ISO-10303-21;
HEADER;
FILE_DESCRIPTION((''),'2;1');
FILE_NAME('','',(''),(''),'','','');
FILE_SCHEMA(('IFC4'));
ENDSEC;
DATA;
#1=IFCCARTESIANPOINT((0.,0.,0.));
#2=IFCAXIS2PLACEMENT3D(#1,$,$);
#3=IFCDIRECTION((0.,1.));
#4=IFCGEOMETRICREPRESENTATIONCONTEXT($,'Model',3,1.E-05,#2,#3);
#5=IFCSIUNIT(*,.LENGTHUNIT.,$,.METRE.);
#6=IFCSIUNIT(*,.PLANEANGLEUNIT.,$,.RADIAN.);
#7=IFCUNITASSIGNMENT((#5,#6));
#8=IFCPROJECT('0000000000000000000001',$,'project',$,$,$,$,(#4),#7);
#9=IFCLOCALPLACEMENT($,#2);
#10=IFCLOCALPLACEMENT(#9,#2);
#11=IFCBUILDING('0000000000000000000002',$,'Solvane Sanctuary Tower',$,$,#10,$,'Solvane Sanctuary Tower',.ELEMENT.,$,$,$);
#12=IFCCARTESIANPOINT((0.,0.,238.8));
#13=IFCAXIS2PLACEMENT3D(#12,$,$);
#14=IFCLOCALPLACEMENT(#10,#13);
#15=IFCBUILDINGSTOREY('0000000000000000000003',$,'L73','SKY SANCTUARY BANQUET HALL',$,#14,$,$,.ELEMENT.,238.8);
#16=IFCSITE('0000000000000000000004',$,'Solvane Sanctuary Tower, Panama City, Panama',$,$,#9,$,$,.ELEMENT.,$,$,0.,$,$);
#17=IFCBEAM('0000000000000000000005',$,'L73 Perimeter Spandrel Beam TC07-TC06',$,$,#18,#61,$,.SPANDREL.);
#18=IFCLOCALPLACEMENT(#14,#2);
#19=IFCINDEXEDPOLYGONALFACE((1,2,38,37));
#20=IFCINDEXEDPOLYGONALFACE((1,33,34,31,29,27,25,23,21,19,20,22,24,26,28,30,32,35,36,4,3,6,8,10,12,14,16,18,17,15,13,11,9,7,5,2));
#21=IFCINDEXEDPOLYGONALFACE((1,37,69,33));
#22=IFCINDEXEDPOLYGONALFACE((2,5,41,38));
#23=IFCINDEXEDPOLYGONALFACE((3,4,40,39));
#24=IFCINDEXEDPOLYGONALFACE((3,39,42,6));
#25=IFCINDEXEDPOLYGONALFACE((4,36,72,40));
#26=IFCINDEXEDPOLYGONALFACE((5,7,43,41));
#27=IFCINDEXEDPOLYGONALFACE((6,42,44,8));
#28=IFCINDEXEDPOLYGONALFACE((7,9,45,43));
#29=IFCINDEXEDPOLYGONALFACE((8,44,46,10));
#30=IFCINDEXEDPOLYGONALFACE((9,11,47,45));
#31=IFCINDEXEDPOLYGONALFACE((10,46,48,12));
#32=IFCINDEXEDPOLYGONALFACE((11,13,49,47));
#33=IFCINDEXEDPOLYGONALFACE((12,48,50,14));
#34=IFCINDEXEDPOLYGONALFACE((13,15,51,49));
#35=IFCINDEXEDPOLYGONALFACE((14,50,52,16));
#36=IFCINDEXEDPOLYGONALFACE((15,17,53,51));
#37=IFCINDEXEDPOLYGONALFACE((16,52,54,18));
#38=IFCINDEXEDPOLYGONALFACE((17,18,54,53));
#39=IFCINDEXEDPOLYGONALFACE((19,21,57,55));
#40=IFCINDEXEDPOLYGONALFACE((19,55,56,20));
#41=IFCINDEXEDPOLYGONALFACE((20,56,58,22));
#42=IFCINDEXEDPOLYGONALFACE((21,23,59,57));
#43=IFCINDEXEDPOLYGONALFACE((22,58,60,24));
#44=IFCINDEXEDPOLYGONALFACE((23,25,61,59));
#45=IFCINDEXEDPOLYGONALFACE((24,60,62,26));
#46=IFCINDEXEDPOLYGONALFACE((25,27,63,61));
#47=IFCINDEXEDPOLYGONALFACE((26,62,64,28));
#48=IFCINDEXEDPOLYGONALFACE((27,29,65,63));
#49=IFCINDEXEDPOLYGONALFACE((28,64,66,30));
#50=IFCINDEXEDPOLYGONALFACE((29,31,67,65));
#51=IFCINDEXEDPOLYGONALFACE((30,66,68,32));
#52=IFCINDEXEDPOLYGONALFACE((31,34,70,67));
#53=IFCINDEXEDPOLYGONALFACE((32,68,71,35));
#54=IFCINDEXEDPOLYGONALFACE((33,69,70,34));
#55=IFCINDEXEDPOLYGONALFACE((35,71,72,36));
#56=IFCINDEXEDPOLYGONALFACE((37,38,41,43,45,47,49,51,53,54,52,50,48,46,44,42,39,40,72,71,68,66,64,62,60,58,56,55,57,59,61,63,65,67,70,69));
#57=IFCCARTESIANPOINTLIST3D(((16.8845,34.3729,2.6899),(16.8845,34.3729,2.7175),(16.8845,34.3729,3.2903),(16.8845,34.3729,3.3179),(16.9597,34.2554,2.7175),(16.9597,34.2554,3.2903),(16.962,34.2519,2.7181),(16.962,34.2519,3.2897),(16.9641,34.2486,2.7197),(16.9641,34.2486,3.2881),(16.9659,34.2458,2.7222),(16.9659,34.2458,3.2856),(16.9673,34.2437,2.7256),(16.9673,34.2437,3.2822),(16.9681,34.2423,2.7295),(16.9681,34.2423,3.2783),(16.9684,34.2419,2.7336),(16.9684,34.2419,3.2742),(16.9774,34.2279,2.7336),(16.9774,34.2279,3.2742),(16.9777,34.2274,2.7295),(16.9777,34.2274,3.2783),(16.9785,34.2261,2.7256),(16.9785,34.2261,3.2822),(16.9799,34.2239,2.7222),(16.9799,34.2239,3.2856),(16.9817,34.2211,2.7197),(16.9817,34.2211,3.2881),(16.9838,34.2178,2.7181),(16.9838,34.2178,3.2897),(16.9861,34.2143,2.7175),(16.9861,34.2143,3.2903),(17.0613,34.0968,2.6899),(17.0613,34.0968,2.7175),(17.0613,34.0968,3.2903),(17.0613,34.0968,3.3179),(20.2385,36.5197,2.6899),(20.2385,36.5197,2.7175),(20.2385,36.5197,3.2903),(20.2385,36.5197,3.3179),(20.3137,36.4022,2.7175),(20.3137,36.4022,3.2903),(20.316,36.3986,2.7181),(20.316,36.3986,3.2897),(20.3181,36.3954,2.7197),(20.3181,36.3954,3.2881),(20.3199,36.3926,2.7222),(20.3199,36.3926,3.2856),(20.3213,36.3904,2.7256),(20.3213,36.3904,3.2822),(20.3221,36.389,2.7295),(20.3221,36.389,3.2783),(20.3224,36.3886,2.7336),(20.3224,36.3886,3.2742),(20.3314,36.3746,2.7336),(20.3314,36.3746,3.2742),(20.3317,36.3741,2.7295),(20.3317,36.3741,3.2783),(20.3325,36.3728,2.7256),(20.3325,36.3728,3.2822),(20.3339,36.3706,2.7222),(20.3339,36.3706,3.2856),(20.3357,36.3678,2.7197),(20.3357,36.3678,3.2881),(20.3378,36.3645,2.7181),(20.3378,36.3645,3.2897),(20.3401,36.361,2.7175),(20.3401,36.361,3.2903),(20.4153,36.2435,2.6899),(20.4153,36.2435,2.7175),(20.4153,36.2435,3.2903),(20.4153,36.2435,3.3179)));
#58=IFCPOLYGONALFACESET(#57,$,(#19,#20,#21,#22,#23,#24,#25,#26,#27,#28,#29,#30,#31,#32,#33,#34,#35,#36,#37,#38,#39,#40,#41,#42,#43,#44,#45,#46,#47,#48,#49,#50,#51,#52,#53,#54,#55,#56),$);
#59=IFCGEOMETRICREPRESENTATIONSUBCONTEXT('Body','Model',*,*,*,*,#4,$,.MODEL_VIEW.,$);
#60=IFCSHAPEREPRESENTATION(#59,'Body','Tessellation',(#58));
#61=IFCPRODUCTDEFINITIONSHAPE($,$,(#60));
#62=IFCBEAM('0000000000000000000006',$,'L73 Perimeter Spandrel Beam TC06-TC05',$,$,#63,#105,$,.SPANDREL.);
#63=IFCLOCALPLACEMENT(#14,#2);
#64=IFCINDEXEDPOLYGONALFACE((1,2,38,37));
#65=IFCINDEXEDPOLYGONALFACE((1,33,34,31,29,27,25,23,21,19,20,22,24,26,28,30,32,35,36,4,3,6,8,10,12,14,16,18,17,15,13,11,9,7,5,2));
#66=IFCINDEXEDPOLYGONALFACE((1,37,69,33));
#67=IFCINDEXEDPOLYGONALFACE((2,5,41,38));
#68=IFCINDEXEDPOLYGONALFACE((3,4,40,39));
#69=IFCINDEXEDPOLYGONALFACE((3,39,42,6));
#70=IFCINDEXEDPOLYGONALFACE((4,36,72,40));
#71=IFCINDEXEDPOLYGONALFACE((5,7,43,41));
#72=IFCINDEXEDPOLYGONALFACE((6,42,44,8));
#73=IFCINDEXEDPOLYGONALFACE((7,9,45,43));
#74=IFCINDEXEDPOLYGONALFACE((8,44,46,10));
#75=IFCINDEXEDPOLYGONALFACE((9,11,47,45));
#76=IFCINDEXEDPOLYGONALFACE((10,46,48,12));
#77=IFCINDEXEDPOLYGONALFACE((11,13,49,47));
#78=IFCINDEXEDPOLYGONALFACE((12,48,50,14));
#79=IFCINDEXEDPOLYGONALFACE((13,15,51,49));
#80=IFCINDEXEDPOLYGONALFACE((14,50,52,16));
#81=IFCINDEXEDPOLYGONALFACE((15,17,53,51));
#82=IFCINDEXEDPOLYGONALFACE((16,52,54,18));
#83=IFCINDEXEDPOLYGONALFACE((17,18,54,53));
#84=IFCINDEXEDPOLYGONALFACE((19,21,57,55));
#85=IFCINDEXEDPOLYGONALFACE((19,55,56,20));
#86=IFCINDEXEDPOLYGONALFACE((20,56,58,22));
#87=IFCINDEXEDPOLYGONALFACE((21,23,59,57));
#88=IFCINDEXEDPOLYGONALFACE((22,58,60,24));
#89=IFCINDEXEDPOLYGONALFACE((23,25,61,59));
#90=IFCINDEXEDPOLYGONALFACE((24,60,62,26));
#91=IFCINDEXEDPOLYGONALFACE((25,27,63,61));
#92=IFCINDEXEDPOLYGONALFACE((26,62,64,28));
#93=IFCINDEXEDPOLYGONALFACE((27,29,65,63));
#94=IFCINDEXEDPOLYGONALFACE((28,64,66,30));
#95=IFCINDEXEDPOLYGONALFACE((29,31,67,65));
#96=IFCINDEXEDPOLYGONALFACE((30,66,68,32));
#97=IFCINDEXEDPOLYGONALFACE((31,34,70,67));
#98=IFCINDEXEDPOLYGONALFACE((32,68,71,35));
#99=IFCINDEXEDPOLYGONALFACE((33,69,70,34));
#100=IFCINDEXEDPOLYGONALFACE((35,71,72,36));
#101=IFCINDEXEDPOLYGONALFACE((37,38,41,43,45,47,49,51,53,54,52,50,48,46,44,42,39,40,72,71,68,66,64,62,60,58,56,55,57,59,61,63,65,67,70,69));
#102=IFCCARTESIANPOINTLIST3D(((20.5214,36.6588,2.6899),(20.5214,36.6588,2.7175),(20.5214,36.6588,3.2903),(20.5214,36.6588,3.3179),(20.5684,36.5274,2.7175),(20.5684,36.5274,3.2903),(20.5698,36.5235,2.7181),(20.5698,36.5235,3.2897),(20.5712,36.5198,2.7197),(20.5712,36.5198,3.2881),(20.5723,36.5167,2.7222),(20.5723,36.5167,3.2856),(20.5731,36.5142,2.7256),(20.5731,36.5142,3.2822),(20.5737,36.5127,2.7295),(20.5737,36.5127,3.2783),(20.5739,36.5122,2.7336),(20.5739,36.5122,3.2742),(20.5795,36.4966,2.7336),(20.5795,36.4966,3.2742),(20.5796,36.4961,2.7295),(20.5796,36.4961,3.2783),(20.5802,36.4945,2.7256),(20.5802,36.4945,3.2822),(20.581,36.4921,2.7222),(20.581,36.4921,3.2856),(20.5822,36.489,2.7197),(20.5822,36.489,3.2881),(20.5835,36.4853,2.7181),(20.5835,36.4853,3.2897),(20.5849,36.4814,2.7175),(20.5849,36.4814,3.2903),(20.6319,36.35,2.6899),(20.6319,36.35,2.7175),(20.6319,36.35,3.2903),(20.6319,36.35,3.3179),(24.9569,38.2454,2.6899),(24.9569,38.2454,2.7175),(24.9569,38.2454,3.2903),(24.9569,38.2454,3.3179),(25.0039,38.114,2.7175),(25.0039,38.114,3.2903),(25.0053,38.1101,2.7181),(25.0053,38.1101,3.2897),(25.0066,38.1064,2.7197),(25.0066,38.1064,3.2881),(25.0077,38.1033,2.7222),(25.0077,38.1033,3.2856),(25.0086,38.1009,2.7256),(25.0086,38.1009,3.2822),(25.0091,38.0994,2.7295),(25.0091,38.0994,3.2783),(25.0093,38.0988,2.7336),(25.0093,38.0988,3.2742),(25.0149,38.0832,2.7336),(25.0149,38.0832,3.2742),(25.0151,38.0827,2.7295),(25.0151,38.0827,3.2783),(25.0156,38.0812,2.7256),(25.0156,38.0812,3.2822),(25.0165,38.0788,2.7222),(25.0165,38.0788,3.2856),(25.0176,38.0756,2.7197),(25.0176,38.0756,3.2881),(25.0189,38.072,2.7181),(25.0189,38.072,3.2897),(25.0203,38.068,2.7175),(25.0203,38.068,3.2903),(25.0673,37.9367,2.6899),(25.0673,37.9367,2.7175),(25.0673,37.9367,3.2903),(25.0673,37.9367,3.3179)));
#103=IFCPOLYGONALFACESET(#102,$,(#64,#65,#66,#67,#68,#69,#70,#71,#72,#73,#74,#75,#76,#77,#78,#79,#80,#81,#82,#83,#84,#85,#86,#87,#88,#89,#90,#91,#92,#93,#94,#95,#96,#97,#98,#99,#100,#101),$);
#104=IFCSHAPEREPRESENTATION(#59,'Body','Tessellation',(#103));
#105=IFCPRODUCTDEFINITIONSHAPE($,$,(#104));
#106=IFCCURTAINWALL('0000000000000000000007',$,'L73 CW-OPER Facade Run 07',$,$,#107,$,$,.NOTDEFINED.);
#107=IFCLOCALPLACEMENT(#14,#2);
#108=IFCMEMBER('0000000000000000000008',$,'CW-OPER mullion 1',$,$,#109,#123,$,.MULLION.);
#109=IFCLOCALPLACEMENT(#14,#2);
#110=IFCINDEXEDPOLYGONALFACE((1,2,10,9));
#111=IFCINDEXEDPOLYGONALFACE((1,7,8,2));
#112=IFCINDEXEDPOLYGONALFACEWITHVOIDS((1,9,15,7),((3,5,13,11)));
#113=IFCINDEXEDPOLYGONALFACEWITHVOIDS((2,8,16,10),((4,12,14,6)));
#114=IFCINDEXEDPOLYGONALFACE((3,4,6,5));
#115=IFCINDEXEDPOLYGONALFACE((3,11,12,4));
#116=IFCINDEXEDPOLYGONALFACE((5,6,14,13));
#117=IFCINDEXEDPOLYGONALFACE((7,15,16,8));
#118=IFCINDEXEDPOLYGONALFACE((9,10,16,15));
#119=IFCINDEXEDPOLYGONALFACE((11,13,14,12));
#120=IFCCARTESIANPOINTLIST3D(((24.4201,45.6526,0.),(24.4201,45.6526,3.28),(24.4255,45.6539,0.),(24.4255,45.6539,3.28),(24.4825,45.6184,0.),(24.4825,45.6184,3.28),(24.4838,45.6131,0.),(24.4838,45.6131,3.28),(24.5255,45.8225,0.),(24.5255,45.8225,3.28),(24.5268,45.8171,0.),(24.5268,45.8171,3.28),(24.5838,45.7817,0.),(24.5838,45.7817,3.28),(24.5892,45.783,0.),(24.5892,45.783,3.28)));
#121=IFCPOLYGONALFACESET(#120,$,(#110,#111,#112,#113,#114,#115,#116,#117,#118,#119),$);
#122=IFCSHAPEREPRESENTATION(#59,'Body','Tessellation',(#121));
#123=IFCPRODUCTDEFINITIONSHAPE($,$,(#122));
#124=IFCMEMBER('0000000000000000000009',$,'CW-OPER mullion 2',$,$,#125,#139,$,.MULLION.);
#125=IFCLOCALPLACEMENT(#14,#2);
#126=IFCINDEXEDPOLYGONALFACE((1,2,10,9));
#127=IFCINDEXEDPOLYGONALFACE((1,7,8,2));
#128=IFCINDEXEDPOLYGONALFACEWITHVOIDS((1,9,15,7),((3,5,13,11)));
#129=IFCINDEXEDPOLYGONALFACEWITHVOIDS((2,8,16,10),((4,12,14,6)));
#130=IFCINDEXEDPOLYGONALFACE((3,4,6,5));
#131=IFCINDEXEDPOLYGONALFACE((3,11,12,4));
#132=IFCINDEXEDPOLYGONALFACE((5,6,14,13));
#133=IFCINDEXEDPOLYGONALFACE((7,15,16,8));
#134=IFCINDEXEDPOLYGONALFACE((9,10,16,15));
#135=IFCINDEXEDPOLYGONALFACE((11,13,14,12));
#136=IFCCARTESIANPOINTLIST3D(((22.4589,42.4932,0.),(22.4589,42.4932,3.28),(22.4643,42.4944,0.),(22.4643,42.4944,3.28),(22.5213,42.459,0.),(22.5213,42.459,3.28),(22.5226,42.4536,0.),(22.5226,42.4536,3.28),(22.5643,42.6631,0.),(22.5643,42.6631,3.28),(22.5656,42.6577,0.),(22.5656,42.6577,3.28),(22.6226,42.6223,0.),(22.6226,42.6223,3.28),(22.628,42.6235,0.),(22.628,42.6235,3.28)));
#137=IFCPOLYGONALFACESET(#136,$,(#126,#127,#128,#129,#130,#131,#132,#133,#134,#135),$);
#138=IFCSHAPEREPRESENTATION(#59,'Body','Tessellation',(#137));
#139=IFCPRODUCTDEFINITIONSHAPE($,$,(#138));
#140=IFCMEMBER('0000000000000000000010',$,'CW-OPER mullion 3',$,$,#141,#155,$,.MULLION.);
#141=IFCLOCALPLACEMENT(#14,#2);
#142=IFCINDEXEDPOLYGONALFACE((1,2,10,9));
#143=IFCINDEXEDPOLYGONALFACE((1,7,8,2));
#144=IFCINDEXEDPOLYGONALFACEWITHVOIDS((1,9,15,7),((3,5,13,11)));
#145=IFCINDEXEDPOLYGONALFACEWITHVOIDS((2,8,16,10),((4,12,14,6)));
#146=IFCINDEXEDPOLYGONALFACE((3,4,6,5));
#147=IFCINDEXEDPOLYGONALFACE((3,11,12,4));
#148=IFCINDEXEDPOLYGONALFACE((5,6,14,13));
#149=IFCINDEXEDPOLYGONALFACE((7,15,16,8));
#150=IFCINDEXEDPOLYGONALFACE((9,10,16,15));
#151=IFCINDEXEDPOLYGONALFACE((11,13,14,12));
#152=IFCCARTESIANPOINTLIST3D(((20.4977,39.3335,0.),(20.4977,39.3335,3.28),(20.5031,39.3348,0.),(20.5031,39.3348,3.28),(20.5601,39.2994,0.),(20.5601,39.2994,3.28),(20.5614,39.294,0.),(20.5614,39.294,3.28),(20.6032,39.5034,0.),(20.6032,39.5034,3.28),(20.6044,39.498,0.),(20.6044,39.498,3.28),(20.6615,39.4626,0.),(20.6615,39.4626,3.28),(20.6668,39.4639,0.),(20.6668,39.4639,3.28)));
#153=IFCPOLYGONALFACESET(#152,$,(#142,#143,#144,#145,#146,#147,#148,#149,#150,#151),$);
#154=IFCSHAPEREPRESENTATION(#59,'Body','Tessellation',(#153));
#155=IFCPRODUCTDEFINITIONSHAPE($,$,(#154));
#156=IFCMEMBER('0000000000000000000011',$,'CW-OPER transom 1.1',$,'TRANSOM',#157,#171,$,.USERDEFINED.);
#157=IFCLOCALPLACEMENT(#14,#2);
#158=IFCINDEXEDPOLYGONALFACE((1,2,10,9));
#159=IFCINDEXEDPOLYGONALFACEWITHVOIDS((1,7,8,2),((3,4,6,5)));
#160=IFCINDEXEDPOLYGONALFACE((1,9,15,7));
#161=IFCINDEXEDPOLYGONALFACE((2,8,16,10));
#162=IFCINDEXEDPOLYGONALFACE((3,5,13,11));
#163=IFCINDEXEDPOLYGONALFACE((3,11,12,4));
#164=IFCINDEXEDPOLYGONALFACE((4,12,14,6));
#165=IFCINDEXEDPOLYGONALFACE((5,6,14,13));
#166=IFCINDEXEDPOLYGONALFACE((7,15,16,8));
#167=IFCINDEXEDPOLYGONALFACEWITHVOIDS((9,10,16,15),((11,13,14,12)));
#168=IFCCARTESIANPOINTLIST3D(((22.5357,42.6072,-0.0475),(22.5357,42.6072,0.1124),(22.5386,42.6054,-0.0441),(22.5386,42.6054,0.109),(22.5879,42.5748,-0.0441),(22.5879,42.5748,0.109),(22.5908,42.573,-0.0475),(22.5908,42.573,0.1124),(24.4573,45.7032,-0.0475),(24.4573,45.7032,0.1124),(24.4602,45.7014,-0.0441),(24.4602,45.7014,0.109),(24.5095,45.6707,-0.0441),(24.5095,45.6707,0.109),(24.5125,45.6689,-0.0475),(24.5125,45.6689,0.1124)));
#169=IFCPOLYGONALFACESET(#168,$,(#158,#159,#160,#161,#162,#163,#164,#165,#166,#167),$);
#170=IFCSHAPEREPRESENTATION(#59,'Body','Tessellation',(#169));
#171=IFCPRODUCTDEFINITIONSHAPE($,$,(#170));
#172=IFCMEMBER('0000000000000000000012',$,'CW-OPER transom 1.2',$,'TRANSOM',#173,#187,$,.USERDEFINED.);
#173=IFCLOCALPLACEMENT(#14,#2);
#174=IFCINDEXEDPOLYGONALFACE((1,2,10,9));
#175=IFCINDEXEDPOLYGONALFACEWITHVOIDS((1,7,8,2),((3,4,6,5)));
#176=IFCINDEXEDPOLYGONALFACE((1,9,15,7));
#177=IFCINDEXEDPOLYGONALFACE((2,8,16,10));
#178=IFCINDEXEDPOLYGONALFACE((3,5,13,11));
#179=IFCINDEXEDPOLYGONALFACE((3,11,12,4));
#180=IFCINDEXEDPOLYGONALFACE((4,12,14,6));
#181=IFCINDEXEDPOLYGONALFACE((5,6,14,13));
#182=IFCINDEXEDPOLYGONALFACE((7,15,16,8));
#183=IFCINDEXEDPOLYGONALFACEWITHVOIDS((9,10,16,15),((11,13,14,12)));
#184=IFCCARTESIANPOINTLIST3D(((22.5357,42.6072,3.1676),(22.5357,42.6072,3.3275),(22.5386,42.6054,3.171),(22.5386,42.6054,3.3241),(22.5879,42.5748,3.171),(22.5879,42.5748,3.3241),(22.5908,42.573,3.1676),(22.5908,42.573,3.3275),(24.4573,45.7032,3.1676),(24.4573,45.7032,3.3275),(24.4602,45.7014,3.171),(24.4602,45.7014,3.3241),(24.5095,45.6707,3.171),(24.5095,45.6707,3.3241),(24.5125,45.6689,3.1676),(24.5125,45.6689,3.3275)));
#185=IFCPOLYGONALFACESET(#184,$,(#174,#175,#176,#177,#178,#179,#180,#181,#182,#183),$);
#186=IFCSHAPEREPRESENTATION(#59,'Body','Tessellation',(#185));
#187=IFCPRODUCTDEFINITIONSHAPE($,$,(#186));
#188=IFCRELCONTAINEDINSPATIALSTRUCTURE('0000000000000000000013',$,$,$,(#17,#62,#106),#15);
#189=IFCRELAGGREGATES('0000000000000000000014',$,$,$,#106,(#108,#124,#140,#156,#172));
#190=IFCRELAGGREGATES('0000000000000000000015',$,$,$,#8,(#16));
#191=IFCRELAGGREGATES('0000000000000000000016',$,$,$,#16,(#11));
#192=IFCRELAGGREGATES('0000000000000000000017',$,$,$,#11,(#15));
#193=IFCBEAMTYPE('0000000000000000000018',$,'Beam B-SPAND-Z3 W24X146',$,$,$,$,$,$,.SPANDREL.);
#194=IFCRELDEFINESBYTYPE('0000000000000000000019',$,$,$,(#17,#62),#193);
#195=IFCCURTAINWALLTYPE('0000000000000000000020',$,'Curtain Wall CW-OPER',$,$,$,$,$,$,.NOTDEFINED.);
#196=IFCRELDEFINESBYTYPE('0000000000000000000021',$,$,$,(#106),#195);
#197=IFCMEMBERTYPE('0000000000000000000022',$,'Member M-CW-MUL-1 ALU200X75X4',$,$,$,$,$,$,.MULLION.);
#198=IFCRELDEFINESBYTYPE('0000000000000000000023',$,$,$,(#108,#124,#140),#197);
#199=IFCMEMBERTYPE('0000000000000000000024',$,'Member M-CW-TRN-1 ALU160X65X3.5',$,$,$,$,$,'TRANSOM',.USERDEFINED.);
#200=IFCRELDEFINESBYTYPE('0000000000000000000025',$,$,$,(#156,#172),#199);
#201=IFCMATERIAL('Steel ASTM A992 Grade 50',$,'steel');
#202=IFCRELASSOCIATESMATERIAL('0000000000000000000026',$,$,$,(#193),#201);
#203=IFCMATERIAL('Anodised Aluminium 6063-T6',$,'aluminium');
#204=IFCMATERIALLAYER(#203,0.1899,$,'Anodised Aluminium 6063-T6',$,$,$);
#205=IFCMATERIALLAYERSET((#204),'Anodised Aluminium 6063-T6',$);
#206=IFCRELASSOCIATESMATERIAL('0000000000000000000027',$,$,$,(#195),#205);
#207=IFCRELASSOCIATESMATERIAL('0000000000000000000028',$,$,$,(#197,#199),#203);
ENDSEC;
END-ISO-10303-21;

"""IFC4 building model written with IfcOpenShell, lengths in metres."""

from ifc_helpers import new_model, si_unit, direction, frame, origin, origin_2d, place, context, subcontext, project, spatial, hollow_rectangle, i_section, extrude, material, layer, layer_set, material_profile, profile_set, type_object, element, aggregate, save


model = new_model("IFC4")

# Units and contexts
model_context = context("Model", 3, precision=1e-05, world=origin(), true_north=direction((0.0, 1.0)))
body_context = subcontext(model_context, "Body", "Model", "MODEL_VIEW")
ifc_project = project(units=[si_unit("LENGTHUNIT", "METRE"), si_unit("PLANEANGLEUNIT", "RADIAN")], contexts=[model_context])

# Site, building, storey
site_placement = place(None, origin())
site = spatial("IfcSite", under=ifc_project, at=site_placement, Name="Solvane Sanctuary Tower, Panama City, Panama", CompositionType="ELEMENT", RefElevation=0.0)
building_placement = place(site_placement, origin())
building = spatial("IfcBuilding", under=site, at=building_placement, Name="Solvane Sanctuary Tower", LongName="Solvane Sanctuary Tower", CompositionType="ELEMENT")
storey_placement = place(building_placement, frame((0.0, 0.0, 238.8)))
storey = spatial("IfcBuildingStorey", under=building, at=storey_placement, Name="L73", Description="SKY SANCTUARY BANQUET HALL", CompositionType="ELEMENT", Elevation=238.8)

# Beams
ifc_material_1 = material(Name="Steel ASTM A992 Grade 50", Category="steel")
ifc_material_profile_1 = material_profile(ifc_material_1, i_section(OverallWidth=0.3279, OverallDepth=0.6279, WebThickness=0.0166, FlangeThickness=0.0276, FilletRadius=0.0161, at=origin_2d()), Name="W24X146")
ifc_profile_set_1 = profile_set([ifc_material_profile_1], Name="Steel ASTM A992 Grade 50")
beam_type_1 = type_object("IfcBeamType", Name="Beam B-SPAND-Z3 W24X146", PredefinedType="SPANDREL", material=ifc_profile_set_1)
beam_1_placement = place(storey_placement, frame((16.9729, 34.2349, 3.0039), z_axis=(0.842252, 0.539083, 0.0), x_axis=(-0.539083, 0.842252, 0.0)))
element("IfcBeam", 1, at=beam_1_placement, inside=storey, type_object=beam_type_1, Name="L73 Perimeter Spandrel Beam TC07-TC06", PredefinedType="SPANDREL", context=body_context, shape_type="SweptSolid", body=[
    extrude(i_section(OverallWidth=0.3279, OverallDepth=0.6279, WebThickness=0.0166, FlangeThickness=0.0276, FilletRadius=0.0161, at=origin_2d()), origin(), (0.0, 0.0, 1.0), 3.9822),
])
beam_2_placement = place(storey_placement, frame((20.5767, 36.5044, 3.0039), z_axis=(0.941571, 0.336816, 0.0), x_axis=(-0.336816, 0.941571, 0.0)))
element("IfcBeam", 2, at=beam_2_placement, inside=storey, type_object=beam_type_1, Name="L73 Perimeter Spandrel Beam TC06-TC05", PredefinedType="SPANDREL", context=body_context, shape_type="SweptSolid", body=[
    extrude(i_section(OverallWidth=0.3279, OverallDepth=0.6279, WebThickness=0.0166, FlangeThickness=0.0276, FilletRadius=0.0161, at=origin_2d()), origin(), (0.0, 0.0, 1.0), 4.7107),
])

# Curtain wall, members
ifc_material_2 = material(Name="Anodised Aluminium 6063-T6", Category="aluminium")
ifc_layer_1 = layer(ifc_material_2, 0.1899, Name="Anodised Aluminium 6063-T6")
ifc_layer_set_1 = layer_set([ifc_layer_1], Name="Anodised Aluminium 6063-T6")
curtain_wall_type = type_object("IfcCurtainWallType", Name="Curtain Wall CW-OPER", PredefinedType="NOTDEFINED", material=ifc_layer_set_1)
curtain_wall_placement = place(storey_placement, origin())
curtain_wall = element("IfcCurtainWall", 3, at=curtain_wall_placement, inside=storey, type_object=curtain_wall_type, Name="L73 CW-OPER Facade Run 07", PredefinedType="NOTDEFINED")
ifc_material_profile_2 = material_profile(ifc_material_2, hollow_rectangle(XDim=0.075, YDim=0.2, WallThickness=0.0039, at=origin_2d()), Name="ALU200X75X4")
ifc_profile_set_2 = profile_set([ifc_material_profile_2], Name="Anodised Aluminium 6063-T6")
member_type_1 = type_object("IfcMemberType", Name="Member M-CW-MUL-1 ALU200X75X4", PredefinedType="MULLION", material=ifc_profile_set_2)
member_1_placement = place(storey_placement, frame((24.5046, 45.7178, 0.0), z_axis=(0.0, 0.0, 1.0), x_axis=(0.849622, -0.527392, 0.0)))
member_1 = element("IfcMember", 4, at=member_1_placement, type_object=member_type_1, Name="CW-OPER mullion 1", PredefinedType="MULLION", context=body_context, shape_type="SweptSolid", body=[
    extrude(hollow_rectangle(XDim=0.075, YDim=0.2, WallThickness=0.0039, at=origin_2d()), origin(), (0.0, 0.0, 1.0), 3.28),
])
member_2_placement = place(storey_placement, frame((22.5435, 42.5583, 0.0), z_axis=(0.0, 0.0, 1.0), x_axis=(0.849622, -0.527392, 0.0)))
member_2 = element("IfcMember", 5, at=member_2_placement, type_object=member_type_1, Name="CW-OPER mullion 2", PredefinedType="MULLION", context=body_context, shape_type="SweptSolid", body=[
    extrude(hollow_rectangle(XDim=0.075, YDim=0.2, WallThickness=0.0039, at=origin_2d()), origin(), (0.0, 0.0, 1.0), 3.28),
])
member_3_placement = place(storey_placement, frame((20.5823, 39.3987, 0.0), z_axis=(0.0, 0.0, 1.0), x_axis=(0.849622, -0.527392, 0.0)))
member_3 = element("IfcMember", 6, at=member_3_placement, type_object=member_type_1, Name="CW-OPER mullion 3", PredefinedType="MULLION", context=body_context, shape_type="SweptSolid", body=[
    extrude(hollow_rectangle(XDim=0.075, YDim=0.2, WallThickness=0.0039, at=origin_2d()), origin(), (0.0, 0.0, 1.0), 3.28),
])
ifc_material_profile_3 = material_profile(ifc_material_2, hollow_rectangle(XDim=0.0649, YDim=0.1599, WallThickness=0.0034, at=origin_2d()), Name="ALU160X65X3.5")
ifc_profile_set_3 = profile_set([ifc_material_profile_3], Name="Anodised Aluminium 6063-T6")
member_type_2 = type_object("IfcMemberType", Name="Member M-CW-TRN-1 ALU160X65X3.5", ElementType="TRANSOM", PredefinedType="USERDEFINED", material=ifc_profile_set_3)
member_4_placement = place(storey_placement, frame((24.4849, 45.686, 0.0325), z_axis=(-0.527365, -0.849639, 0.0), x_axis=(0.849639, -0.527365, 0.0)))
member_4 = element("IfcMember", 7, at=member_4_placement, type_object=member_type_2, Name="CW-OPER transom 1.1", ObjectType="TRANSOM", PredefinedType="USERDEFINED", context=body_context, shape_type="SweptSolid", body=[
    extrude(hollow_rectangle(XDim=0.0649, YDim=0.1599, WallThickness=0.0034, at=origin_2d()), origin(), (0.0, 0.0, 1.0), 3.6438),
])
member_5_placement = place(storey_placement, frame((24.4849, 45.686, 3.2476), z_axis=(-0.527365, -0.849639, 0.0), x_axis=(0.849639, -0.527365, 0.0)))
member_5 = element("IfcMember", 8, at=member_5_placement, type_object=member_type_2, Name="CW-OPER transom 1.2", ObjectType="TRANSOM", PredefinedType="USERDEFINED", context=body_context, shape_type="SweptSolid", body=[
    extrude(hollow_rectangle(XDim=0.0649, YDim=0.1599, WallThickness=0.0034, at=origin_2d()), origin(), (0.0, 0.0, 1.0), 3.6438),
])

aggregate(curtain_wall, [member_1, member_2, member_3, member_4, member_5])

save(model, "model.ifc")
